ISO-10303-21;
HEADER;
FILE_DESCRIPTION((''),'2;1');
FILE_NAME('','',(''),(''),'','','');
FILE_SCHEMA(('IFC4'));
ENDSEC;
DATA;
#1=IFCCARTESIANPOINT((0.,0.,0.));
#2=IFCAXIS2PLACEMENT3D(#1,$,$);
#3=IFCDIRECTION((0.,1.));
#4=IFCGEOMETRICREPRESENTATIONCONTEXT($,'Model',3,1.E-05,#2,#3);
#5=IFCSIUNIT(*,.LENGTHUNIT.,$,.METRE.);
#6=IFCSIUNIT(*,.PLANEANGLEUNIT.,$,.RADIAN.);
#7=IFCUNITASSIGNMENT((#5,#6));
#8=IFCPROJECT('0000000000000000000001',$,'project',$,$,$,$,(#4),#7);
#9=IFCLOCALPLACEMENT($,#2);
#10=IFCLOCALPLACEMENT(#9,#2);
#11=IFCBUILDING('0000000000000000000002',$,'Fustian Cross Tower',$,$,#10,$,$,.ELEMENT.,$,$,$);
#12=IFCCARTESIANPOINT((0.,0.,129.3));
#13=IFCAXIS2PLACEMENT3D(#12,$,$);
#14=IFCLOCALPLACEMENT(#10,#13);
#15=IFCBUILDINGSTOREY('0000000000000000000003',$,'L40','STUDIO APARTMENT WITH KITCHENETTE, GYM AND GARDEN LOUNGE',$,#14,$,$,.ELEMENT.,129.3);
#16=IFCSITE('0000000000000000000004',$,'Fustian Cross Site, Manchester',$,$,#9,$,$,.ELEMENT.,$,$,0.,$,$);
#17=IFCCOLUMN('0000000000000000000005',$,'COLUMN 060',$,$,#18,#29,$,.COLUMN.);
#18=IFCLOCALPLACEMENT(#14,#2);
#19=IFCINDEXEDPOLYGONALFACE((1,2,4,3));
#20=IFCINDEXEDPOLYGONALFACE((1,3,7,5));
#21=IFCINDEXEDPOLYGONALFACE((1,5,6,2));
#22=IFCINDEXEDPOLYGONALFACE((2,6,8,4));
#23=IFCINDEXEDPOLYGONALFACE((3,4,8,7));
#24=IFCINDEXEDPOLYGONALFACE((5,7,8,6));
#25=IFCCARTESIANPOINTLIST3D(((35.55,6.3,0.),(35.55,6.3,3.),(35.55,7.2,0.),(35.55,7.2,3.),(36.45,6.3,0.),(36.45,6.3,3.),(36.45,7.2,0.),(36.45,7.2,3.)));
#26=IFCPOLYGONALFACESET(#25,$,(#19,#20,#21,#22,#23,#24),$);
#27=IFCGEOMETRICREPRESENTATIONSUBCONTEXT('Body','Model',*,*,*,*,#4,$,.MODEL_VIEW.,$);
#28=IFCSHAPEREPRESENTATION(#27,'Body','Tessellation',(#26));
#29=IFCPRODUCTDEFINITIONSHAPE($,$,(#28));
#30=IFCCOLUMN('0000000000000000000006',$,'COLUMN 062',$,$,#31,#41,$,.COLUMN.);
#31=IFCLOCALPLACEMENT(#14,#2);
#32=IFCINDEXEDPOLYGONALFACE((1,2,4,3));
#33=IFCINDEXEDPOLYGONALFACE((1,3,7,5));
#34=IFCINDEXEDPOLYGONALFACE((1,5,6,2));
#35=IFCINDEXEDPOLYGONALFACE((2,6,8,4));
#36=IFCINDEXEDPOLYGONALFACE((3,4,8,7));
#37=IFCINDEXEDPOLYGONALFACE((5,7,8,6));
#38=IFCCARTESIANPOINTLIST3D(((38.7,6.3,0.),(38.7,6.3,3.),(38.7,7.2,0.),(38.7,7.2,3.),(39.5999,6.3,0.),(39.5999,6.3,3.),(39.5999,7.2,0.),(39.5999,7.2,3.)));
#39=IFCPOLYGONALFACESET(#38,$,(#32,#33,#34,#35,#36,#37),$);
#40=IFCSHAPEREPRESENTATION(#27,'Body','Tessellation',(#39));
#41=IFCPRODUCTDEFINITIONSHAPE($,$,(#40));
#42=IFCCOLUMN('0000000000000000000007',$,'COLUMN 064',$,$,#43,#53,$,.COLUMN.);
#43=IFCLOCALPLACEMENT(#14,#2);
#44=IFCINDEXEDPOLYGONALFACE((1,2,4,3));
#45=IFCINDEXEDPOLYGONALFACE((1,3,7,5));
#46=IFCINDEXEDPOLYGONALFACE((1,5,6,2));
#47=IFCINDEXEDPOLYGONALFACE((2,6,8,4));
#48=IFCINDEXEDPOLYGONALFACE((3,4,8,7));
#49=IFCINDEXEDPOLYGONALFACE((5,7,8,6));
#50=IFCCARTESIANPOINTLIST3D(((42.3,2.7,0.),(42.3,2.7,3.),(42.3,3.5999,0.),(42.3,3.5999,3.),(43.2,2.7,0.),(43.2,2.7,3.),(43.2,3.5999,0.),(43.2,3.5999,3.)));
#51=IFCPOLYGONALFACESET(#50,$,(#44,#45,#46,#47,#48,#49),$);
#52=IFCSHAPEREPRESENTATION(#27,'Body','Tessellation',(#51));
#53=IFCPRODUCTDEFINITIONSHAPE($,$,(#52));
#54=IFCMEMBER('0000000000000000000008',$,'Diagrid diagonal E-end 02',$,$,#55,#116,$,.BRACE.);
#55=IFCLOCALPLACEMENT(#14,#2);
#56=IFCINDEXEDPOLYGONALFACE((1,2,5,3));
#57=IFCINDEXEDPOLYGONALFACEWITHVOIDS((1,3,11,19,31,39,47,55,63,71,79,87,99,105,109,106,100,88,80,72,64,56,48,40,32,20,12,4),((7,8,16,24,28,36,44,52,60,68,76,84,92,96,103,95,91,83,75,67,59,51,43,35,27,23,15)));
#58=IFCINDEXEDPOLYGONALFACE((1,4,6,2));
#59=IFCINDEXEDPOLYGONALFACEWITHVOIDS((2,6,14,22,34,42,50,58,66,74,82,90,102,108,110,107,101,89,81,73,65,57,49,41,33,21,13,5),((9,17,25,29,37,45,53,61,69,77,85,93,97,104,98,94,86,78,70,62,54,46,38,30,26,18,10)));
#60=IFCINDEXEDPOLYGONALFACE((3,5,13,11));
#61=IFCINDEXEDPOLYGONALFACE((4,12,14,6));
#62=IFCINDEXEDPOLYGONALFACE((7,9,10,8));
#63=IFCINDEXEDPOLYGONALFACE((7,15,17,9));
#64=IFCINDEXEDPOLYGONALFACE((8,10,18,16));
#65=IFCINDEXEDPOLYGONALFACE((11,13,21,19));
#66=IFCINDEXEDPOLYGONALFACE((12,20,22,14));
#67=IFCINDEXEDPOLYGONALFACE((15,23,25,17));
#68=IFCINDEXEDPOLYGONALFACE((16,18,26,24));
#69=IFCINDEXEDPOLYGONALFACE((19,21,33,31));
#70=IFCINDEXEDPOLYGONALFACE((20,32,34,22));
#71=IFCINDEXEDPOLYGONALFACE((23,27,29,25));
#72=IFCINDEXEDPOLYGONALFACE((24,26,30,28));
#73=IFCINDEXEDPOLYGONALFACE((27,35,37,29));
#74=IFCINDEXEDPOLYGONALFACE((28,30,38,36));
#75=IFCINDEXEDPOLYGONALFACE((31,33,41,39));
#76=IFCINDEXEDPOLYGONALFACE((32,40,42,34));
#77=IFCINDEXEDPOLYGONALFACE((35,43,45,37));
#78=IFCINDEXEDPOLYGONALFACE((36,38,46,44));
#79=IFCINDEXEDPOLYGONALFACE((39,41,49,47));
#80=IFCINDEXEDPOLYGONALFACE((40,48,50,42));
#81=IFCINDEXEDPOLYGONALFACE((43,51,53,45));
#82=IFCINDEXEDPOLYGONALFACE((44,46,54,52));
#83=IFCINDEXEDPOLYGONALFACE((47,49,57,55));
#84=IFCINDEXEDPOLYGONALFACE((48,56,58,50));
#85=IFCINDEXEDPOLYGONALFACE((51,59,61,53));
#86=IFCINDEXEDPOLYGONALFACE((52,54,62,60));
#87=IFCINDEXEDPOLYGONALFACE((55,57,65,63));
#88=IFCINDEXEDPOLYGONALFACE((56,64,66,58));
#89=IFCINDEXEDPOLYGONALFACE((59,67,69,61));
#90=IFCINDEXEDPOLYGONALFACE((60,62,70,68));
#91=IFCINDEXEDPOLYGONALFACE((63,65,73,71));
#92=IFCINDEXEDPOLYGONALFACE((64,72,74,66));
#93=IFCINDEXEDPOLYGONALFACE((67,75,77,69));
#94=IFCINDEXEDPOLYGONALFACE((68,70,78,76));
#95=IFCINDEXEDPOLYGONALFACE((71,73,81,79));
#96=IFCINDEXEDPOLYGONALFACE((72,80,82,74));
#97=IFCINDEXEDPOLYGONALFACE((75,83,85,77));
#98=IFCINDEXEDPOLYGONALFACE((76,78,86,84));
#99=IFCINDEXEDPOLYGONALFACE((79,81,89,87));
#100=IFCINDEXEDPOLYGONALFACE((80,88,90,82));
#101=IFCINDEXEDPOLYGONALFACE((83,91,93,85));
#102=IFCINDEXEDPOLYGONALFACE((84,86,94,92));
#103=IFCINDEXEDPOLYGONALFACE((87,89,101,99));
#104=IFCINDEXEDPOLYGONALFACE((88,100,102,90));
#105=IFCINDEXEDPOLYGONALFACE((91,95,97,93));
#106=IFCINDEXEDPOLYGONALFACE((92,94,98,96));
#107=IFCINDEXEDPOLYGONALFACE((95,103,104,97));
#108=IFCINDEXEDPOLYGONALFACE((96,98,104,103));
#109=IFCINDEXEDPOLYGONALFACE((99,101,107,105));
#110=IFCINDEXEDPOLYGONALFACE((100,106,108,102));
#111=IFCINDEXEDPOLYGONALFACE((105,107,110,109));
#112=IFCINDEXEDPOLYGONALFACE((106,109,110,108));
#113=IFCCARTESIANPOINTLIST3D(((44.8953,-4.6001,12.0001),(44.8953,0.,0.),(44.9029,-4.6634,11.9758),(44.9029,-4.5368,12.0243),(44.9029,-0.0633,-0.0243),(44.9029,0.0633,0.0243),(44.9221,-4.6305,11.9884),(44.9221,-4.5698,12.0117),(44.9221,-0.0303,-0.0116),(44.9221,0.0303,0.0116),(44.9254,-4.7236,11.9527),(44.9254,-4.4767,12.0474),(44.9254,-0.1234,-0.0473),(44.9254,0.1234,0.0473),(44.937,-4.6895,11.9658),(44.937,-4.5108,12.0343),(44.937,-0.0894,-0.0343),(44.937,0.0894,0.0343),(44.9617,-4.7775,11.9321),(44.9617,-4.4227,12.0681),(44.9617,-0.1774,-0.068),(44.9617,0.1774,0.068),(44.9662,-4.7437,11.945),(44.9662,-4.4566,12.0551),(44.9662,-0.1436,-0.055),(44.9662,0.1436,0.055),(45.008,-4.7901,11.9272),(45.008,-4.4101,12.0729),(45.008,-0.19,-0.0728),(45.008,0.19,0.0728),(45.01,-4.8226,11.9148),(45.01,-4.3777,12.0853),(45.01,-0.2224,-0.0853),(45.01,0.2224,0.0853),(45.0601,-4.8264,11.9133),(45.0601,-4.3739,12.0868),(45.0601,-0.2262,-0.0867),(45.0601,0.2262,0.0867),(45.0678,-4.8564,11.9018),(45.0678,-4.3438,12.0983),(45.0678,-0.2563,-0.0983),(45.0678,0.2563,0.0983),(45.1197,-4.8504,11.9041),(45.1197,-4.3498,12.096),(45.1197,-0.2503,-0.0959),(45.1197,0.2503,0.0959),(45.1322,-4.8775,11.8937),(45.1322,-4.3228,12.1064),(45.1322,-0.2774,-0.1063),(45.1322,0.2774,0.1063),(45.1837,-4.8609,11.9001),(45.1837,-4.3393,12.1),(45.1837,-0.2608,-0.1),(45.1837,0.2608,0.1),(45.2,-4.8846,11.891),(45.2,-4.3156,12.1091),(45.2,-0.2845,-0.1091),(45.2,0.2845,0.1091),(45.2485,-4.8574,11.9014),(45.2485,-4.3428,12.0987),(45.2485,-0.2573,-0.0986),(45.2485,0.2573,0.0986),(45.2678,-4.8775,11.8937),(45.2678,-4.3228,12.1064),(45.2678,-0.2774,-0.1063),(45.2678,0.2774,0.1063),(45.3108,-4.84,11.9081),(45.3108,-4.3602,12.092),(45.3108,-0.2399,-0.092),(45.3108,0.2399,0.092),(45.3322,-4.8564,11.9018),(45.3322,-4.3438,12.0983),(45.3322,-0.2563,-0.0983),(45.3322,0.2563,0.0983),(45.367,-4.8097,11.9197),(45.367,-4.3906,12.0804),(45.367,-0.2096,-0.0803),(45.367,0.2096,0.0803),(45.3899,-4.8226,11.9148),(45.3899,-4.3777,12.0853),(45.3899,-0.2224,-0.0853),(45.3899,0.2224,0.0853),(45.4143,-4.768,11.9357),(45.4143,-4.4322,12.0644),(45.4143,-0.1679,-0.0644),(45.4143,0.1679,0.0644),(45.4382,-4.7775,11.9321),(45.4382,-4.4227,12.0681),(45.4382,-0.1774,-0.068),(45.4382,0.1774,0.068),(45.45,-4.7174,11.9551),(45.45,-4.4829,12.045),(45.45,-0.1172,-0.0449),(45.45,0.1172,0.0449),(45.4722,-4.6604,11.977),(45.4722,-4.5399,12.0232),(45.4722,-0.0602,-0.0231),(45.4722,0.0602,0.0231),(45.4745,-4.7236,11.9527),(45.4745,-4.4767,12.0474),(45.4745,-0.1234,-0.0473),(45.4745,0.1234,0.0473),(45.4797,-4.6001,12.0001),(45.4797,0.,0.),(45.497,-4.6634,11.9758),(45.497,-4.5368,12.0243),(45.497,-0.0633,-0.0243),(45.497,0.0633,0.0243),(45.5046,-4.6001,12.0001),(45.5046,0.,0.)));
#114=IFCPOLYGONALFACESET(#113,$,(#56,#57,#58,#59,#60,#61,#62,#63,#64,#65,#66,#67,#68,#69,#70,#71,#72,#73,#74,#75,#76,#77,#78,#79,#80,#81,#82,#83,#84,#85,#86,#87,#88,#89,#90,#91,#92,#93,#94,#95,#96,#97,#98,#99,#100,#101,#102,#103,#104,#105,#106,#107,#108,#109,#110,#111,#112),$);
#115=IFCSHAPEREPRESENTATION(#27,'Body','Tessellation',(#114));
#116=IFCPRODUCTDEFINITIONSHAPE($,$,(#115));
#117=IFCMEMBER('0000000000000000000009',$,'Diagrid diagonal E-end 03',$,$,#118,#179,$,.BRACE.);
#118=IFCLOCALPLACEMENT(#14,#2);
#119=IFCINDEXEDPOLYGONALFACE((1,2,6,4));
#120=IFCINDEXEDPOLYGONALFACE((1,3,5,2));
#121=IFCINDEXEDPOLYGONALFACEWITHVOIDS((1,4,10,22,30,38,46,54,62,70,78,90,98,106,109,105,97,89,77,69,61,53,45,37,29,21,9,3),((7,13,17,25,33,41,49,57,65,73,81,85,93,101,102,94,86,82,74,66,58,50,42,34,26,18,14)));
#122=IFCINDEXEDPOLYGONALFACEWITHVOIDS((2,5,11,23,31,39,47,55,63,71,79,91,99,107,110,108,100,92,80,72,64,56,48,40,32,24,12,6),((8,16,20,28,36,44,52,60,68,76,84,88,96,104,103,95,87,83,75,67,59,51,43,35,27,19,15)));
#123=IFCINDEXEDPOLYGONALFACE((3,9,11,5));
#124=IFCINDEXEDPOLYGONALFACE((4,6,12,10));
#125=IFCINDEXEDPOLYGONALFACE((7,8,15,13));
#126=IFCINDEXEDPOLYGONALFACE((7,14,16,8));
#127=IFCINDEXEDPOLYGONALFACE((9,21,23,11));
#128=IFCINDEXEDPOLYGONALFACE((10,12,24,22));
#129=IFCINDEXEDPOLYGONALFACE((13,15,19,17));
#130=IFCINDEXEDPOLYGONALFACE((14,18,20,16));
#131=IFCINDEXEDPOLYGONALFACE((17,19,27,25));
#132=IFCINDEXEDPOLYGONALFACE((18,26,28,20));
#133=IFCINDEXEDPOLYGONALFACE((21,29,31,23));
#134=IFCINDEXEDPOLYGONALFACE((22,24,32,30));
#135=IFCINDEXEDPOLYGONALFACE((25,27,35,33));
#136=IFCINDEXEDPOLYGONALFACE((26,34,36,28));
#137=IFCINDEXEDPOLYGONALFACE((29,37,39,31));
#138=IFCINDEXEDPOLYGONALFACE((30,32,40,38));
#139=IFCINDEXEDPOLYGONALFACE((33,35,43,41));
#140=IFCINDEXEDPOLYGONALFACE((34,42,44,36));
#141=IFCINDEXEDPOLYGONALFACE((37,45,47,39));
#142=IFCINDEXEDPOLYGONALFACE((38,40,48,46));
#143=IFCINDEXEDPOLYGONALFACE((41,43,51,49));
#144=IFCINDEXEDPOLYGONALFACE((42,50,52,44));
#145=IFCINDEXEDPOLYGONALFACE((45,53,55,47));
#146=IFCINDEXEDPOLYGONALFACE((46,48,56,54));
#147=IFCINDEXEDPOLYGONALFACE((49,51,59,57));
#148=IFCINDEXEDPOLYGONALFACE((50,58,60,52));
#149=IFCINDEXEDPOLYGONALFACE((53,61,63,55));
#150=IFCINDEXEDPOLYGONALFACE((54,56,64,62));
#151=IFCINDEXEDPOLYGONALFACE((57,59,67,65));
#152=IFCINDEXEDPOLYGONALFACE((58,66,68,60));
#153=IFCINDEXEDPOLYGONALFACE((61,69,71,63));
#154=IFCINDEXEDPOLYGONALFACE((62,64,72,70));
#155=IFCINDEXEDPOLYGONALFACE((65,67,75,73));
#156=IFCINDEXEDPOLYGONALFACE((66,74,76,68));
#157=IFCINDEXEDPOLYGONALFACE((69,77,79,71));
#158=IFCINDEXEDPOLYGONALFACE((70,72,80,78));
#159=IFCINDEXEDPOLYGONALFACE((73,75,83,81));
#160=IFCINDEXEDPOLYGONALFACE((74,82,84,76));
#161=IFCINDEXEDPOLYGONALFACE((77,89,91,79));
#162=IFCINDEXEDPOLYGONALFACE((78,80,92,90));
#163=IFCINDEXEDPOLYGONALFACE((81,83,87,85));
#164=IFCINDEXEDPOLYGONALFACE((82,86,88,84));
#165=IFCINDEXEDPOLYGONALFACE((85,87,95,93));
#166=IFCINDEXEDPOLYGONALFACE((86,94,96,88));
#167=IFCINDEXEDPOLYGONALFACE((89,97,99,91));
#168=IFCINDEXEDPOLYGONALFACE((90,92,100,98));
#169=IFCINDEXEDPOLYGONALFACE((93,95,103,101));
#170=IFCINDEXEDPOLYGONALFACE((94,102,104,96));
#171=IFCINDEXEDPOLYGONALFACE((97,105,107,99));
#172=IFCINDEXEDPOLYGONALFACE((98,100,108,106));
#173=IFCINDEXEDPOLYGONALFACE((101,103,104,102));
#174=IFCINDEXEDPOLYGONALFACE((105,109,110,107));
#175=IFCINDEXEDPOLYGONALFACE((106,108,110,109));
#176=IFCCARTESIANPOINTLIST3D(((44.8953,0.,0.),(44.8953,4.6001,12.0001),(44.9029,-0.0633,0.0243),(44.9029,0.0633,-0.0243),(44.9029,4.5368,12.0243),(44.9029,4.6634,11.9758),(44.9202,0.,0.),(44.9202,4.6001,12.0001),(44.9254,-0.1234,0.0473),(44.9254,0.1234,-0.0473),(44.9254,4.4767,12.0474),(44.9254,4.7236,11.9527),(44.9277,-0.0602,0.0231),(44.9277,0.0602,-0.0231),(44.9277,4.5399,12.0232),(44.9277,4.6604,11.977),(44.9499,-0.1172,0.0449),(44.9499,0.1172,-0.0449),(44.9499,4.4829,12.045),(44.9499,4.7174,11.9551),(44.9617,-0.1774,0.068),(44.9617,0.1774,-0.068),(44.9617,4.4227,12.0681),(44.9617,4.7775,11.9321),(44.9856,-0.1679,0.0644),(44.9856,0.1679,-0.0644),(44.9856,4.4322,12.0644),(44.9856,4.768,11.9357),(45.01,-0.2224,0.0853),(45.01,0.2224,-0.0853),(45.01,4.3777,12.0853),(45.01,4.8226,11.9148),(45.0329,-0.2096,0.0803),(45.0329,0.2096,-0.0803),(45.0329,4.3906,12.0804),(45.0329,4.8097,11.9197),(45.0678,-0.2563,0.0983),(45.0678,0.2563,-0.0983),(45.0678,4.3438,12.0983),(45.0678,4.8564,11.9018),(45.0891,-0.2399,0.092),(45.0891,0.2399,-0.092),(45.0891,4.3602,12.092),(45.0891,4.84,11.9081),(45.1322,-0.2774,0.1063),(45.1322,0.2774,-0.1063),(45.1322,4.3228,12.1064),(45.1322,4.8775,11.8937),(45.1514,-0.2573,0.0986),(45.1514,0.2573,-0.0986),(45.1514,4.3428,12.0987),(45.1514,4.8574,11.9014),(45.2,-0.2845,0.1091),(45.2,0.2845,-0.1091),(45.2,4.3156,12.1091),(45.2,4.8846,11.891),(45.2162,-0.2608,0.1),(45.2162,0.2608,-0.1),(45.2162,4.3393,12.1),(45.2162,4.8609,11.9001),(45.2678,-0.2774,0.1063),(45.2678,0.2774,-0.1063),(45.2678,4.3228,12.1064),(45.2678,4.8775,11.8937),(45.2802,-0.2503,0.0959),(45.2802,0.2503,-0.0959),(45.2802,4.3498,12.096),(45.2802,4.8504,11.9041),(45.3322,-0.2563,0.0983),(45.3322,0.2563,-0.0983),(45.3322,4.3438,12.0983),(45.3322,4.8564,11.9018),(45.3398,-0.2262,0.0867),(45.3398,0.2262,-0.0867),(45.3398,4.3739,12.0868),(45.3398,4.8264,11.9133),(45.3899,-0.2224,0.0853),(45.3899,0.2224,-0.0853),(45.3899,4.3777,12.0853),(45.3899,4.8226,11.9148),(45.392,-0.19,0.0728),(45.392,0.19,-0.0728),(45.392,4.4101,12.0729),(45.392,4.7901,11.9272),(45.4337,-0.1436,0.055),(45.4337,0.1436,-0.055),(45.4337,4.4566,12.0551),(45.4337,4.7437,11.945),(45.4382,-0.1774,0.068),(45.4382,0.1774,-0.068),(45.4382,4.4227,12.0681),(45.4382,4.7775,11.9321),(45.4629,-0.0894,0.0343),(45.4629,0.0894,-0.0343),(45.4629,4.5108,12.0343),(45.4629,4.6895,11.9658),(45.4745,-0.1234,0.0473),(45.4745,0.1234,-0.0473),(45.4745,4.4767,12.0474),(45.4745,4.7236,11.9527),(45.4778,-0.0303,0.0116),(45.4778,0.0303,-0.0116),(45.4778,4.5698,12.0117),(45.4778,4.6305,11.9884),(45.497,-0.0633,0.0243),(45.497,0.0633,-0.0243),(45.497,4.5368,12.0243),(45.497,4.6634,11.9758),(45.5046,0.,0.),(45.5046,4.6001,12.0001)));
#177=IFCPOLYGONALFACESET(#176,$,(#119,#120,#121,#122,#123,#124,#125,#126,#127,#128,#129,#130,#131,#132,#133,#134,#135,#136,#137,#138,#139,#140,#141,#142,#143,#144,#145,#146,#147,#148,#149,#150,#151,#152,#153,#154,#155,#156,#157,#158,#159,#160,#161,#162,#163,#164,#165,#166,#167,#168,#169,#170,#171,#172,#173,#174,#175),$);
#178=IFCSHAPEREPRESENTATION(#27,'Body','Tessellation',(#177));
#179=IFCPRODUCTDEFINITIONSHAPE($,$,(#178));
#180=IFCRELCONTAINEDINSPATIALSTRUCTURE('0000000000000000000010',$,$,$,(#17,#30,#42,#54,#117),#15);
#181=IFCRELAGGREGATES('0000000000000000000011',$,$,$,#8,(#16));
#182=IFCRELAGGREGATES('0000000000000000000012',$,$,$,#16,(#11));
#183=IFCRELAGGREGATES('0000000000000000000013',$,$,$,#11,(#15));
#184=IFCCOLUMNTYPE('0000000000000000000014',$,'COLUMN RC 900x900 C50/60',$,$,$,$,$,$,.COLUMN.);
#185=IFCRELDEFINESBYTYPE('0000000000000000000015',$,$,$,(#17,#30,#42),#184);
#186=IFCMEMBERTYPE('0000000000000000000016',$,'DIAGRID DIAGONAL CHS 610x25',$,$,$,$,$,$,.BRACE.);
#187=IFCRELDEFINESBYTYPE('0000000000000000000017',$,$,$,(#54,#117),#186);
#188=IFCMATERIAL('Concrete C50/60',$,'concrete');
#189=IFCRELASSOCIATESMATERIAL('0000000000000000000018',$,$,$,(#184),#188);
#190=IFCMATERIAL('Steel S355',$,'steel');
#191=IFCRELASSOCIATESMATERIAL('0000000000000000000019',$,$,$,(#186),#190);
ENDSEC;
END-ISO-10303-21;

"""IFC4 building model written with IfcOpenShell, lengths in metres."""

from ifc_helpers import new_model, si_unit, direction, frame, origin, origin_2d, place, context, subcontext, project, spatial, rectangle, hollow_circle, extrude, material, material_profile, profile_set, type_object, element, save


model = new_model("IFC4")

# Units and contexts
model_context = context("Model", 3, precision=1e-05, world=origin(), true_north=direction((0.0, 1.0)))
body_context = subcontext(model_context, "Body", "Model", "MODEL_VIEW")
ifc_project = project(units=[si_unit("LENGTHUNIT", "METRE"), si_unit("PLANEANGLEUNIT", "RADIAN")], contexts=[model_context])

# Site, building, storey
site_placement = place(None, origin())
site = spatial("IfcSite", under=ifc_project, at=site_placement, Name="Fustian Cross Site, Manchester", CompositionType="ELEMENT", RefElevation=0.0)
building_placement = place(site_placement, origin())
building = spatial("IfcBuilding", under=site, at=building_placement, Name="Fustian Cross Tower", CompositionType="ELEMENT")
storey_placement = place(building_placement, frame((0.0, 0.0, 129.3)))
storey = spatial("IfcBuildingStorey", under=building, at=storey_placement, Name="L40", Description="STUDIO APARTMENT WITH KITCHENETTE, GYM AND GARDEN LOUNGE", CompositionType="ELEMENT", Elevation=129.3)

# Columns
ifc_material_1 = material(Name="Concrete C50/60", Category="concrete")
ifc_material_profile_1 = material_profile(ifc_material_1, rectangle(XDim=0.8999, YDim=0.8999, at=origin_2d()), Name="RC 900x900")
ifc_profile_set_1 = profile_set([ifc_material_profile_1], Name="Concrete C50/60")
column_type = type_object("IfcColumnType", Name="COLUMN RC 900x900 C50/60", PredefinedType="COLUMN", material=ifc_profile_set_1)
for number, where, z_axis, x_axis, name in (
    (1, (36.0, 6.75, 0.0), (0.0, 0.0, 1.0), (1.0, 0.0, 0.0), "COLUMN 060"),
    (2, (39.1499, 6.75, 0.0), (0.0, 0.0, 1.0), (1.0, 0.0, 0.0), "COLUMN 062"),
    (3, (42.75, 3.1499, 0.0), (0.0, 0.0, 1.0), (1.0, 0.0, 0.0), "COLUMN 064"),
):
    element("IfcColumn", number, at=place(storey_placement, frame(where, z_axis=z_axis, x_axis=x_axis)), inside=storey, type_object=column_type, Name=name, PredefinedType="COLUMN", context=body_context, shape_type="SweptSolid", body=[
        extrude(rectangle(XDim=0.8999, YDim=0.8999, at=origin_2d()), origin(), (0.0, 0.0, 1.0), 3.0),
    ])

# Members
ifc_material_2 = material(Name="Steel S355", Category="steel")
ifc_material_profile_2 = material_profile(ifc_material_2, hollow_circle(Radius=0.3047, WallThickness=0.0249, at=origin_2d()), Name="CHS 610x25")
ifc_profile_set_2 = profile_set([ifc_material_profile_2], Name="Steel S355")
member_type_1 = type_object("IfcMemberType", Name="DIAGRID DIAGONAL CHS 610x25", PredefinedType="BRACE", material=ifc_profile_set_2)
for number, where, z_axis, x_axis, name in (
    (4, (45.2, 0.0, 0.0), (0.0, -0.357943, 0.933744), (1.0, 0.0, 0.0), "Diagrid diagonal E-end 02"),
    (5, (45.2, 0.0, 0.0), (0.0, 0.357943, 0.933744), (-1.0, 0.0, 0.0), "Diagrid diagonal E-end 03"),
):
    element("IfcMember", number, at=place(storey_placement, frame(where, z_axis=z_axis, x_axis=x_axis)), inside=storey, type_object=member_type_1, Name=name, PredefinedType="BRACE", context=body_context, shape_type="SweptSolid", body=[
        extrude(hollow_circle(Radius=0.3047, WallThickness=0.0249, at=origin_2d()), origin(), (0.0, 0.0, 1.0), 12.8516),
    ])

save(model, "model.ifc")
